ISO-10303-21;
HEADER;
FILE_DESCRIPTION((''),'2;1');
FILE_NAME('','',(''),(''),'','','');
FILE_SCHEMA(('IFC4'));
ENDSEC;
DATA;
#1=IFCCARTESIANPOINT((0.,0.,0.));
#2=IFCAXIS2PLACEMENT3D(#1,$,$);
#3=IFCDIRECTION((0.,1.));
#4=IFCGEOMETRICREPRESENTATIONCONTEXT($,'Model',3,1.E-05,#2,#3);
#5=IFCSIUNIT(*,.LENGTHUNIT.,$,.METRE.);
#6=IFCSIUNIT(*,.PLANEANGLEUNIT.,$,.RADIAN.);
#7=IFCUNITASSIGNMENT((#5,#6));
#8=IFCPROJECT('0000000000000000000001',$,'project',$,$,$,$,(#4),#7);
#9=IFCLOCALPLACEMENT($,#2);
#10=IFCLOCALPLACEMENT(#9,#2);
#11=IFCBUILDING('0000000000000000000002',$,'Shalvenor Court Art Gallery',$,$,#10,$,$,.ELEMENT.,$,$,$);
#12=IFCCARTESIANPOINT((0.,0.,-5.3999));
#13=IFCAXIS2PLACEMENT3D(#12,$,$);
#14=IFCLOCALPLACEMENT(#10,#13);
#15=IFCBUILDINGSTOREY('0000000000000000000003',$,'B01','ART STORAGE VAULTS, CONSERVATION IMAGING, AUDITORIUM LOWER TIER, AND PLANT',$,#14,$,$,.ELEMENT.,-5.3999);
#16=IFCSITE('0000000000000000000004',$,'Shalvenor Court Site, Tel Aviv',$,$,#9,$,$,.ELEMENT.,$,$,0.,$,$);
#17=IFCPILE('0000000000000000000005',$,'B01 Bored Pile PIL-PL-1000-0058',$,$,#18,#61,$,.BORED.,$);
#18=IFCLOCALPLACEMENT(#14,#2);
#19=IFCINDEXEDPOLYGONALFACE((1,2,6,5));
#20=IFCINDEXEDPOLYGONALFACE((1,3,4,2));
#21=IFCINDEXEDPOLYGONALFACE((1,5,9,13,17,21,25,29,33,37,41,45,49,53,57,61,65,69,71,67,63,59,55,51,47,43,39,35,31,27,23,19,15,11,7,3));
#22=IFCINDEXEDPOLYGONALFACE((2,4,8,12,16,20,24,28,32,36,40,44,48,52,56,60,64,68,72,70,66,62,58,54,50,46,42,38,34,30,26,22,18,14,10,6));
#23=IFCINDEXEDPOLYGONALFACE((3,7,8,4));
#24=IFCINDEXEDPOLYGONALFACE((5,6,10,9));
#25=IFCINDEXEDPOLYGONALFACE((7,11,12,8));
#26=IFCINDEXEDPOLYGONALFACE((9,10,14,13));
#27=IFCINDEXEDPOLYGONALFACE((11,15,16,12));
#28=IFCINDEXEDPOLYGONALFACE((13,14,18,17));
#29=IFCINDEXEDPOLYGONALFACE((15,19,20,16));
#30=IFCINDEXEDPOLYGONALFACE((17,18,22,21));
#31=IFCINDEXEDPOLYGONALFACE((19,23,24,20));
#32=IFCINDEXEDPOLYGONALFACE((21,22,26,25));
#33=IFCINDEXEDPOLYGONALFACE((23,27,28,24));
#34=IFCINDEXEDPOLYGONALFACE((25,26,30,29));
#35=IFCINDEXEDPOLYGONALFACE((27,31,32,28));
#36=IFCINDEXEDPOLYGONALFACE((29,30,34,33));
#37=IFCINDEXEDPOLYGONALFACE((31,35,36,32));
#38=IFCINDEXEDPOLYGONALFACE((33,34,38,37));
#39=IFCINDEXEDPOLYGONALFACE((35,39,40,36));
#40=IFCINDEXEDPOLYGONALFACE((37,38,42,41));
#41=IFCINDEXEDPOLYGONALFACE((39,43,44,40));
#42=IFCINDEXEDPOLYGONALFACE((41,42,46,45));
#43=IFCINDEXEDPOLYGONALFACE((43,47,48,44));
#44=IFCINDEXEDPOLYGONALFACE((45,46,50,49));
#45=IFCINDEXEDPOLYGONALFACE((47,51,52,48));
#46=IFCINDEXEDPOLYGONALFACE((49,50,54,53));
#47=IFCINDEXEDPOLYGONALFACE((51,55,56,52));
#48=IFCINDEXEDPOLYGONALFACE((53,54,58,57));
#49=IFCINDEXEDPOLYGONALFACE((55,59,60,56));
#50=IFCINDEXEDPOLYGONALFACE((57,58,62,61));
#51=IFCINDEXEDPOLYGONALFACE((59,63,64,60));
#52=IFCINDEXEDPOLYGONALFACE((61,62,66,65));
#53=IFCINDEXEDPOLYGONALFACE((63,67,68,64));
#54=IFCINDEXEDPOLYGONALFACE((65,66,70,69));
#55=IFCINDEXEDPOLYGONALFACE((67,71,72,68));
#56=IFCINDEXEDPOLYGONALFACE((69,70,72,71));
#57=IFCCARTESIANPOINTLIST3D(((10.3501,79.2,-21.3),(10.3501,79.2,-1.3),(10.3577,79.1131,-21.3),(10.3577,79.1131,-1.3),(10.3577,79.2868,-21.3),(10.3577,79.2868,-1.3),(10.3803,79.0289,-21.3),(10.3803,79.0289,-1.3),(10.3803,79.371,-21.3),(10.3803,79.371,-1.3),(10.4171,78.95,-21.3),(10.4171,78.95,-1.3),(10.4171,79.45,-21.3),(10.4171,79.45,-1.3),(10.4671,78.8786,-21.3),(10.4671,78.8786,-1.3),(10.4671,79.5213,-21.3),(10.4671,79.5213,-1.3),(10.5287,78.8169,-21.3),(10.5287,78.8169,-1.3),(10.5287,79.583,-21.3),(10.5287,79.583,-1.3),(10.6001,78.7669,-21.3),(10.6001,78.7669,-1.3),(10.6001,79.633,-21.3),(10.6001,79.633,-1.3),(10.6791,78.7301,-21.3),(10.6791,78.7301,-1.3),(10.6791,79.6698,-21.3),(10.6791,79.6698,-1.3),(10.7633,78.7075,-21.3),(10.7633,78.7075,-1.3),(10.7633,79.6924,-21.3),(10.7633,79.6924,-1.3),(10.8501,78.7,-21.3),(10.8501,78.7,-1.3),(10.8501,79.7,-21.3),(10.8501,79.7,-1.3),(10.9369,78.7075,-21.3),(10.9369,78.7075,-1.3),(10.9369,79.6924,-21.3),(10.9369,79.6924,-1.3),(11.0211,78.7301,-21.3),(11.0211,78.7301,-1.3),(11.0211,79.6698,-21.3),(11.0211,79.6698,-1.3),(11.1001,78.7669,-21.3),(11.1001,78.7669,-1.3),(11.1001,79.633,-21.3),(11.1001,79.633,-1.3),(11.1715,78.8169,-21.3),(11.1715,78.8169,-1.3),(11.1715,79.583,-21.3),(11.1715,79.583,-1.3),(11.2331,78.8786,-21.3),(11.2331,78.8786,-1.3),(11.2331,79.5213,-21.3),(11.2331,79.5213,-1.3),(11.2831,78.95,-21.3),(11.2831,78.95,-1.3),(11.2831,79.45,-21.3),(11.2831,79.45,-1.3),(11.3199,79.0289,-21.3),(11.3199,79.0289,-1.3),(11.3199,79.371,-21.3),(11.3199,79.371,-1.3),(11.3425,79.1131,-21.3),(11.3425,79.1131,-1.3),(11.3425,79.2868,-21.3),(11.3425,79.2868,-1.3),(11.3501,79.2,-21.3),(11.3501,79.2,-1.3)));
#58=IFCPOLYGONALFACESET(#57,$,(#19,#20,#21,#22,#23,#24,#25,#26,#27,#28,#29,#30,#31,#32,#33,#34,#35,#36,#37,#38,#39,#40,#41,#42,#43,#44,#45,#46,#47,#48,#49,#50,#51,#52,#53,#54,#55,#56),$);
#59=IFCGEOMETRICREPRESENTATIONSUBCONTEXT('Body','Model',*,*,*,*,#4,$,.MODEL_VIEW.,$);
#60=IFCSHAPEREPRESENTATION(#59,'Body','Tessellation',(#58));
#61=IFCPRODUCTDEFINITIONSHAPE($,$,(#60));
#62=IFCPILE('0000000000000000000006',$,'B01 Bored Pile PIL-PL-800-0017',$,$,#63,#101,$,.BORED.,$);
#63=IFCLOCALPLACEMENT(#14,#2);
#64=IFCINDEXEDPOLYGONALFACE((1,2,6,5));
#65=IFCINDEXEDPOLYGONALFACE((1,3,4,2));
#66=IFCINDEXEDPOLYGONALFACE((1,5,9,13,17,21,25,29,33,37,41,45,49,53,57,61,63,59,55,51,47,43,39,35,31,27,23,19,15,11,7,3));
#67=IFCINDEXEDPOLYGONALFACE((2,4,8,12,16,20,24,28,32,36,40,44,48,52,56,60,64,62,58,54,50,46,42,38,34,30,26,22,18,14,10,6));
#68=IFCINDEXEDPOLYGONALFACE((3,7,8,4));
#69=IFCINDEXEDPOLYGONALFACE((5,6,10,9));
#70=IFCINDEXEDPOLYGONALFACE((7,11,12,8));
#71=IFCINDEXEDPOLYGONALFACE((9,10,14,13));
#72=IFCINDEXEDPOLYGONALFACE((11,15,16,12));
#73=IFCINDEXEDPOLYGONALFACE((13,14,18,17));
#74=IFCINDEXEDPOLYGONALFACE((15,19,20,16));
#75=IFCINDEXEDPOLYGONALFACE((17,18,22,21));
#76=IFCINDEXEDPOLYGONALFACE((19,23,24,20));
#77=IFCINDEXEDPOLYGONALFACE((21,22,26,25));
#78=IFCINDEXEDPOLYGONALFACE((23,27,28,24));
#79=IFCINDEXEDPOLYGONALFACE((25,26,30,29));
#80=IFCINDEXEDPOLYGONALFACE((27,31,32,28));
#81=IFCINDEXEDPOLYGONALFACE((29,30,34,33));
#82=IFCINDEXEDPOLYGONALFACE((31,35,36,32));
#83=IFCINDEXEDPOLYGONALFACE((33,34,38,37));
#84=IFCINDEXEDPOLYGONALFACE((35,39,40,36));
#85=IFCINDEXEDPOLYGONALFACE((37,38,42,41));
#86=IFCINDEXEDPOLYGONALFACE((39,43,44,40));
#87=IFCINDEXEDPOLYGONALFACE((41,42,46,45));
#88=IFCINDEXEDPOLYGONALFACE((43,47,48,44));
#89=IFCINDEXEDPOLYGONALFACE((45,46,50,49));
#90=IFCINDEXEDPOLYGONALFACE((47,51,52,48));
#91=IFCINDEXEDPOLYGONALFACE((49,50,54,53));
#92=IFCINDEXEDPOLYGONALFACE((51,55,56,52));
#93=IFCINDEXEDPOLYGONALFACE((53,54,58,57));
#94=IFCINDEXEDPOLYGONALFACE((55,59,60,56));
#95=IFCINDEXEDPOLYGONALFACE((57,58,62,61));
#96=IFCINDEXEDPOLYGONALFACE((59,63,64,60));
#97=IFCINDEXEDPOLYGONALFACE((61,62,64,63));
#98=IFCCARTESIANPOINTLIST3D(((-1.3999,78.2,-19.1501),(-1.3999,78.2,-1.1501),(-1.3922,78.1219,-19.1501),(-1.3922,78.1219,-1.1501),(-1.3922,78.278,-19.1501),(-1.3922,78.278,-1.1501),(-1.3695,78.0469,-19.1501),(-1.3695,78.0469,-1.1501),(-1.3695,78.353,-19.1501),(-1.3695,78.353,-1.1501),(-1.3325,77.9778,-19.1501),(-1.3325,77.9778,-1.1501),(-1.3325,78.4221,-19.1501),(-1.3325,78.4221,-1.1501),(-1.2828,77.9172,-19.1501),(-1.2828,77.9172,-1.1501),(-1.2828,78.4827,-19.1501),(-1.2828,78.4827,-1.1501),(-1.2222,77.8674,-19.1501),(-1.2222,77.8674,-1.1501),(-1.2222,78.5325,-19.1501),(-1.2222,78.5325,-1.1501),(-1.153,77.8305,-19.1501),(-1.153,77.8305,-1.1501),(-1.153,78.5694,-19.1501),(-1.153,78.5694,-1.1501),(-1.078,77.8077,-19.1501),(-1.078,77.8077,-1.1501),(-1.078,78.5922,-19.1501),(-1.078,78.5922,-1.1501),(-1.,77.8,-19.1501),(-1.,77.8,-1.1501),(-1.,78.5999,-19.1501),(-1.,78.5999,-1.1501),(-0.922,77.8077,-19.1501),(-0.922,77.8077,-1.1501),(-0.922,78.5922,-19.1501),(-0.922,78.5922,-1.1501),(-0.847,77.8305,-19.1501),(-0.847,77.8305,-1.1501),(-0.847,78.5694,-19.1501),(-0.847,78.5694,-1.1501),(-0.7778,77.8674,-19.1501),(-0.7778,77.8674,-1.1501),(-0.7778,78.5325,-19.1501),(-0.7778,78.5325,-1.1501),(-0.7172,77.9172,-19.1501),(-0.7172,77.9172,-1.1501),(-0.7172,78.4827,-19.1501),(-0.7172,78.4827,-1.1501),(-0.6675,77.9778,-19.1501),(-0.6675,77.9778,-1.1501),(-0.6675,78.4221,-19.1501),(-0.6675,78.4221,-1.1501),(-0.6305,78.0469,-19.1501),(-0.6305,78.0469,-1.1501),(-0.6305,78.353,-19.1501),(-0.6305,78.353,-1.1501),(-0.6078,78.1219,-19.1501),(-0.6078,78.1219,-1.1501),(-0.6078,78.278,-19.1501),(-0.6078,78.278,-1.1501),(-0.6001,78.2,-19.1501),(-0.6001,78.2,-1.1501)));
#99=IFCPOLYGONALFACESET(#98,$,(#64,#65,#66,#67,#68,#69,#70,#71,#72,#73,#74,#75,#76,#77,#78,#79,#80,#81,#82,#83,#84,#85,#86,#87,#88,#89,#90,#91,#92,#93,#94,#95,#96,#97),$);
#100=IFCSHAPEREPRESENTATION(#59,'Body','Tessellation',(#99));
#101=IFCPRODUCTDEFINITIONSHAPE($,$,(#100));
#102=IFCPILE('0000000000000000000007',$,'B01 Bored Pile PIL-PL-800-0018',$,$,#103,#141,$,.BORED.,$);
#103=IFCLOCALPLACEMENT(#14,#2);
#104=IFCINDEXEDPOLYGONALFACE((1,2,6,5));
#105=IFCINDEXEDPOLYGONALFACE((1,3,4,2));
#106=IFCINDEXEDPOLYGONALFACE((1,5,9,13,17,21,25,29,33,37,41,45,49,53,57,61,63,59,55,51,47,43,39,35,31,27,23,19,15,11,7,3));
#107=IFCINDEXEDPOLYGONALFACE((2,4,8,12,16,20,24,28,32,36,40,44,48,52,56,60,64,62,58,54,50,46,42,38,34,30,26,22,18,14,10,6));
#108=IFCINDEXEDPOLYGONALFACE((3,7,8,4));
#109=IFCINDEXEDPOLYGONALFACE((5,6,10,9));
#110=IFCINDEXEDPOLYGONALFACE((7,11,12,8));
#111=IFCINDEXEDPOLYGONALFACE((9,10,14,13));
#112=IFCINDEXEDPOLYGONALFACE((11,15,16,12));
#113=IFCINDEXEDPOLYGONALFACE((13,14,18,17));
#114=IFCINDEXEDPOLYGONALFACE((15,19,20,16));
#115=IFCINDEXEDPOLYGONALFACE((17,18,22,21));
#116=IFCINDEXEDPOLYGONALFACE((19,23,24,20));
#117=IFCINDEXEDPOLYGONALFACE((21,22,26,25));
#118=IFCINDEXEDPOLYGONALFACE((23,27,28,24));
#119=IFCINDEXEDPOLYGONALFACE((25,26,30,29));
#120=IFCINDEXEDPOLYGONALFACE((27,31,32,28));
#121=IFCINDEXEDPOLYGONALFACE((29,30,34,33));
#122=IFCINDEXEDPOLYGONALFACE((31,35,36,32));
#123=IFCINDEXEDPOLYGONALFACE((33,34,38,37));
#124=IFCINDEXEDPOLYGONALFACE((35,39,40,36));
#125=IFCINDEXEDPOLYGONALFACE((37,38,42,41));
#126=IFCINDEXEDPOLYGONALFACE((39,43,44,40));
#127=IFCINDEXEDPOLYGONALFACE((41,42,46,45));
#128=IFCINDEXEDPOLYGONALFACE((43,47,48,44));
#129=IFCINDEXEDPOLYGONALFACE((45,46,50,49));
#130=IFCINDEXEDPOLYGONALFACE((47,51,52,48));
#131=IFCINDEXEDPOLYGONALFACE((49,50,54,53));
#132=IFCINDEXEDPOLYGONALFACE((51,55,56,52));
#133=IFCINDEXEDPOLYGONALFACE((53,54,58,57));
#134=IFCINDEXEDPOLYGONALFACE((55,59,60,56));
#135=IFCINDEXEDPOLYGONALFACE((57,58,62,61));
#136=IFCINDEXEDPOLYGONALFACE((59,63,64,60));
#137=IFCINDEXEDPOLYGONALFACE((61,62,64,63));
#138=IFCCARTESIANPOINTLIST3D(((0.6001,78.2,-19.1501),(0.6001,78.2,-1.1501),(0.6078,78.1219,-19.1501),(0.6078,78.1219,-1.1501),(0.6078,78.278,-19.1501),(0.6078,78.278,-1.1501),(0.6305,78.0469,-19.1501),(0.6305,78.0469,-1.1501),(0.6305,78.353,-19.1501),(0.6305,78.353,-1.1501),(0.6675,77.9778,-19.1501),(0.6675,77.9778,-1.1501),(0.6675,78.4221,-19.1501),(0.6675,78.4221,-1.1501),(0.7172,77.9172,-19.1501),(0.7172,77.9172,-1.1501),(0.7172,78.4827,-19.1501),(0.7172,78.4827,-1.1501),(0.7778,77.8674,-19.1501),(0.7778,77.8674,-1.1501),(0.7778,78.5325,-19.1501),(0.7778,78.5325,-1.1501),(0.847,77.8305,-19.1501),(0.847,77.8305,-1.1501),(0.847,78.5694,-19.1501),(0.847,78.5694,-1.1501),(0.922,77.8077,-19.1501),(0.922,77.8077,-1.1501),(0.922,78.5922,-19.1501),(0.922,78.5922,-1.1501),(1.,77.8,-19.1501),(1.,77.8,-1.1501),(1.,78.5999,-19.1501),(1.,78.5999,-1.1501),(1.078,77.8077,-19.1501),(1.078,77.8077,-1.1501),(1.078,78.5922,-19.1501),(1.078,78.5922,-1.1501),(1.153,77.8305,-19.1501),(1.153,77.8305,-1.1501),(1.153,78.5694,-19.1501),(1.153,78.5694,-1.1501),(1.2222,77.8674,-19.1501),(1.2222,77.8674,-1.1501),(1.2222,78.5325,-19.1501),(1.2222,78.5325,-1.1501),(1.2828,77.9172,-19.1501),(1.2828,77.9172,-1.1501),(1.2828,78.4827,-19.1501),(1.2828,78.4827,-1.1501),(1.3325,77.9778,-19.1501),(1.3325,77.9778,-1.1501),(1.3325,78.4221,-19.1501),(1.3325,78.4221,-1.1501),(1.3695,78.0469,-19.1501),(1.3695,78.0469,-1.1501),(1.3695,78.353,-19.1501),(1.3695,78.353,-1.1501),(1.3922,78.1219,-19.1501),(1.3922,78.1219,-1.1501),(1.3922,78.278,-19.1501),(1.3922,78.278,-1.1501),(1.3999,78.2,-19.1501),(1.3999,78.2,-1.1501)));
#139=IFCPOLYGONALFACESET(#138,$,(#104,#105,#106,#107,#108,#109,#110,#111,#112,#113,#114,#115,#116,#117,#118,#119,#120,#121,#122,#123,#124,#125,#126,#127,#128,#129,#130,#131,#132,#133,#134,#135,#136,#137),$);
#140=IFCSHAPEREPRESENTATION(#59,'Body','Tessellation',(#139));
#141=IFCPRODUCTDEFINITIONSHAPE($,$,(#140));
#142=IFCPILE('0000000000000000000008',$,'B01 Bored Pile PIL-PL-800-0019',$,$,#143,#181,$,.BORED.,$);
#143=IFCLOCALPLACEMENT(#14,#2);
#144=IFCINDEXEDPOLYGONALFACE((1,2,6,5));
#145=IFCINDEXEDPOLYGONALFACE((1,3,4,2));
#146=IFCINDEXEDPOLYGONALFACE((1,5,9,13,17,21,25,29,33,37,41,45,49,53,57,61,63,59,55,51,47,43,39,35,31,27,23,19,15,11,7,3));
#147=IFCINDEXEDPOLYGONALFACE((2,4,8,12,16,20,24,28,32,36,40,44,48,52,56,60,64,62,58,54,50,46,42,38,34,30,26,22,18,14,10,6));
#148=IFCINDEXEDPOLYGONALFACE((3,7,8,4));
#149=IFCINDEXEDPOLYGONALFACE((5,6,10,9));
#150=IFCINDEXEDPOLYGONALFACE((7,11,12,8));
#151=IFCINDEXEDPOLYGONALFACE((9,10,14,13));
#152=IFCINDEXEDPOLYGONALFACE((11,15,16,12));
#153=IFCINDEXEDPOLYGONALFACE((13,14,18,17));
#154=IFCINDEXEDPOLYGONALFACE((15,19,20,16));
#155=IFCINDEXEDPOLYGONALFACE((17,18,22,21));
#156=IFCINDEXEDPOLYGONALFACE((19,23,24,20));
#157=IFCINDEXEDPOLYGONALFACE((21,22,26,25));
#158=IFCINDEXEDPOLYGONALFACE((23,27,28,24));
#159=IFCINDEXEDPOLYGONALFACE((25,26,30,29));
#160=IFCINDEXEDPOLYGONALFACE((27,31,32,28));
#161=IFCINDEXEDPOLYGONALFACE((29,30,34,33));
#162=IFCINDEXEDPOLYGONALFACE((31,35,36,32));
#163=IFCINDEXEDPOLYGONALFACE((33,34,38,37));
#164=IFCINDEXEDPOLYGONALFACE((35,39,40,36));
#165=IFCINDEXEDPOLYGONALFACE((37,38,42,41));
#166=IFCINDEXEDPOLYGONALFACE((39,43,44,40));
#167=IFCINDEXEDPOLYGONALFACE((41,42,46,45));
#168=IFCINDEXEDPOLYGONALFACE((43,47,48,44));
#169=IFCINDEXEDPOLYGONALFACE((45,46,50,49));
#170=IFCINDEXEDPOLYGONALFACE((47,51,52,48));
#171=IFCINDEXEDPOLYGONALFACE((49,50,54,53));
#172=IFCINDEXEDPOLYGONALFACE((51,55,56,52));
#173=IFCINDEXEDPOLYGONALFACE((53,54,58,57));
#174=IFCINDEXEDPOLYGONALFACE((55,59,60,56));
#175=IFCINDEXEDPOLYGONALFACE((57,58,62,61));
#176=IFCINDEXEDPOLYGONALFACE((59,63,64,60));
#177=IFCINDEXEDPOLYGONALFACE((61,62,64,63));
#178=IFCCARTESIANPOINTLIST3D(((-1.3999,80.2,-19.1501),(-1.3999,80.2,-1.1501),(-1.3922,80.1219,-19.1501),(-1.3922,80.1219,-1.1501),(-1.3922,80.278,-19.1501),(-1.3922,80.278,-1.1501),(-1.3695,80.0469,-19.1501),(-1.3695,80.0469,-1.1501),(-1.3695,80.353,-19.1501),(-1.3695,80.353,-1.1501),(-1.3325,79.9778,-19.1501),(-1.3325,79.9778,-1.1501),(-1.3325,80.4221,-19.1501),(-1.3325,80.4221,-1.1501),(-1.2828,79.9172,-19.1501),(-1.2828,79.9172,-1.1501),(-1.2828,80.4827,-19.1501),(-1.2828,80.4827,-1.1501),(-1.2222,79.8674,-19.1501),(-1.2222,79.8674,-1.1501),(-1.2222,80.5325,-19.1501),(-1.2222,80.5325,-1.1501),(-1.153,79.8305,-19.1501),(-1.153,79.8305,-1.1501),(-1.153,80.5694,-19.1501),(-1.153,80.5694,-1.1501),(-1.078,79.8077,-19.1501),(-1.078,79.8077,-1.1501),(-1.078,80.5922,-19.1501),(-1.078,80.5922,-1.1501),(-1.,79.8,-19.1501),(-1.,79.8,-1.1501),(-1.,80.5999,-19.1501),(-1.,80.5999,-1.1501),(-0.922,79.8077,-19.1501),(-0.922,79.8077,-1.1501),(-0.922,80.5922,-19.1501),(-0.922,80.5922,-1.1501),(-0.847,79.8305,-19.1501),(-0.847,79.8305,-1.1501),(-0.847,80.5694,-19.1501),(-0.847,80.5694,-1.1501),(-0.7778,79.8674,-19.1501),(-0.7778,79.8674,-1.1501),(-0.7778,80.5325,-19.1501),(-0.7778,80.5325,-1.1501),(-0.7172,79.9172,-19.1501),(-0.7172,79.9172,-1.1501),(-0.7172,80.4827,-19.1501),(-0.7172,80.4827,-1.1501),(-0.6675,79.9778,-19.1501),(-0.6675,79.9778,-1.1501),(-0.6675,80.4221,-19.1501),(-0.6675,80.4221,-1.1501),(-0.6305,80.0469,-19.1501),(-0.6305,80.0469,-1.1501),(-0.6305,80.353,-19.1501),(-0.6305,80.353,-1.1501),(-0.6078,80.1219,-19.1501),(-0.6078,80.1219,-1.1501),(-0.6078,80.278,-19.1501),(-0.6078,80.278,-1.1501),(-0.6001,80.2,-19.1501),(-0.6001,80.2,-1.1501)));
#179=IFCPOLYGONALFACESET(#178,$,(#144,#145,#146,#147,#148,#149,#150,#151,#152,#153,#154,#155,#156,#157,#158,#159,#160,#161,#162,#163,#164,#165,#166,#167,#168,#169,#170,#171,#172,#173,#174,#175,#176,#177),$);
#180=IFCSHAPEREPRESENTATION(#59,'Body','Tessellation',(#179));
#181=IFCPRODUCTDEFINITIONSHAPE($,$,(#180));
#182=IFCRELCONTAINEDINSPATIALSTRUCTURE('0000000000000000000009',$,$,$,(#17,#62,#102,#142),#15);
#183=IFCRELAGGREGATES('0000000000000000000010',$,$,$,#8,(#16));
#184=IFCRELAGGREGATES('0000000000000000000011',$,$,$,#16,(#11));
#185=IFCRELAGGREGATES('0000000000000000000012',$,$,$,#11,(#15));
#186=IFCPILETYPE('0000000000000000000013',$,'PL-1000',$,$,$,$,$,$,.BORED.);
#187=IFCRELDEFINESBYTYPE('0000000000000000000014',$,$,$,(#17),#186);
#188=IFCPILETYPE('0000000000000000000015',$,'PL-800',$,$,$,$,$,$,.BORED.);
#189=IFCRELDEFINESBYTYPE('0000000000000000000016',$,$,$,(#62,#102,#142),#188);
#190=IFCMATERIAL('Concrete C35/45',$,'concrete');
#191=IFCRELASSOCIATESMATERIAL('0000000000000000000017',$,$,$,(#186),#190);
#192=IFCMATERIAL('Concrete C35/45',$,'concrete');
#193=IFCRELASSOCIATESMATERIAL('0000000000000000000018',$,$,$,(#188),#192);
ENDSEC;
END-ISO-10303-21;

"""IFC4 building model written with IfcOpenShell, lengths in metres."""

from ifc_helpers import new_model, si_unit, direction, frame, origin, origin_2d, place, context, subcontext, project, spatial, circle, extrude, material, material_profile, profile_set, type_object, element, save


model = new_model("IFC4")

# Units and contexts
model_context = context("Model", 3, precision=1e-05, world=origin(), true_north=direction((0.0, 1.0)))
body_context = subcontext(model_context, "Body", "Model", "MODEL_VIEW")
ifc_project = project(units=[si_unit("LENGTHUNIT", "METRE"), si_unit("PLANEANGLEUNIT", "RADIAN")], contexts=[model_context])

# Site, building, storey
site_placement = place(None, origin())
site = spatial("IfcSite", under=ifc_project, at=site_placement, Name="Shalvenor Court Site, Tel Aviv", CompositionType="ELEMENT", RefElevation=0.0)
building_placement = place(site_placement, origin())
building = spatial("IfcBuilding", under=site, at=building_placement, Name="Shalvenor Court Art Gallery", CompositionType="ELEMENT")
storey_placement = place(building_placement, frame((0.0, 0.0, -5.3999)))
storey = spatial("IfcBuildingStorey", under=building, at=storey_placement, Name="B01", Description="ART STORAGE VAULTS, CONSERVATION IMAGING, AUDITORIUM LOWER TIER, AND PLANT", CompositionType="ELEMENT", Elevation=-5.3999)

# Piles
ifc_material_1 = material(Name="Concrete C35/45", Category="concrete")
ifc_material_profile_1 = material_profile(ifc_material_1, circle(Radius=0.5, at=origin_2d()), Name="PILE 1000")
ifc_profile_set_1 = profile_set([ifc_material_profile_1], Name="Concrete C35/45")
pile_type_1 = type_object("IfcPileType", Name="PL-1000", PredefinedType="BORED", material=ifc_profile_set_1)
for number, where, z_axis, x_axis, name in (
    (1, (10.8501, 79.2, -1.3), (0.0, 0.0, -1.0), (1.0, 0.0, 0.0), "B01 Bored Pile PIL-PL-1000-0058"),
):
    element("IfcPile", number, at=place(storey_placement, frame(where, z_axis=z_axis, x_axis=x_axis)), inside=storey, type_object=pile_type_1, Name=name, PredefinedType="BORED", context=body_context, shape_type="SweptSolid", body=[
        extrude(circle(Radius=0.5, at=origin_2d()), origin(), (0.0, 0.0, 1.0), 20.0),
    ])
ifc_material_2 = material(Name="Concrete C35/45", Category="concrete")
ifc_material_profile_2 = material_profile(ifc_material_2, circle(Radius=0.3999, at=origin_2d()), Name="PILE 800")
ifc_profile_set_2 = profile_set([ifc_material_profile_2], Name="Concrete C35/45")
pile_type_2 = type_object("IfcPileType", Name="PL-800", PredefinedType="BORED", material=ifc_profile_set_2)
for number, where, z_axis, x_axis, name in (
    (2, (-1.0, 78.2, -1.1501), (0.0, 0.0, -1.0), (1.0, 0.0, 0.0), "B01 Bored Pile PIL-PL-800-0017"),
    (3, (1.0, 78.2, -1.1501), (0.0, 0.0, -1.0), (1.0, 0.0, 0.0), "B01 Bored Pile PIL-PL-800-0018"),
    (4, (-1.0, 80.2, -1.1501), (0.0, 0.0, -1.0), (1.0, 0.0, 0.0), "B01 Bored Pile PIL-PL-800-0019"),
):
    element("IfcPile", number, at=place(storey_placement, frame(where, z_axis=z_axis, x_axis=x_axis)), inside=storey, type_object=pile_type_2, Name=name, PredefinedType="BORED", context=body_context, shape_type="SweptSolid", body=[
        extrude(circle(Radius=0.3999, at=origin_2d()), origin(), (0.0, 0.0, 1.0), 18.0),
    ])

save(model, "model.ifc")
